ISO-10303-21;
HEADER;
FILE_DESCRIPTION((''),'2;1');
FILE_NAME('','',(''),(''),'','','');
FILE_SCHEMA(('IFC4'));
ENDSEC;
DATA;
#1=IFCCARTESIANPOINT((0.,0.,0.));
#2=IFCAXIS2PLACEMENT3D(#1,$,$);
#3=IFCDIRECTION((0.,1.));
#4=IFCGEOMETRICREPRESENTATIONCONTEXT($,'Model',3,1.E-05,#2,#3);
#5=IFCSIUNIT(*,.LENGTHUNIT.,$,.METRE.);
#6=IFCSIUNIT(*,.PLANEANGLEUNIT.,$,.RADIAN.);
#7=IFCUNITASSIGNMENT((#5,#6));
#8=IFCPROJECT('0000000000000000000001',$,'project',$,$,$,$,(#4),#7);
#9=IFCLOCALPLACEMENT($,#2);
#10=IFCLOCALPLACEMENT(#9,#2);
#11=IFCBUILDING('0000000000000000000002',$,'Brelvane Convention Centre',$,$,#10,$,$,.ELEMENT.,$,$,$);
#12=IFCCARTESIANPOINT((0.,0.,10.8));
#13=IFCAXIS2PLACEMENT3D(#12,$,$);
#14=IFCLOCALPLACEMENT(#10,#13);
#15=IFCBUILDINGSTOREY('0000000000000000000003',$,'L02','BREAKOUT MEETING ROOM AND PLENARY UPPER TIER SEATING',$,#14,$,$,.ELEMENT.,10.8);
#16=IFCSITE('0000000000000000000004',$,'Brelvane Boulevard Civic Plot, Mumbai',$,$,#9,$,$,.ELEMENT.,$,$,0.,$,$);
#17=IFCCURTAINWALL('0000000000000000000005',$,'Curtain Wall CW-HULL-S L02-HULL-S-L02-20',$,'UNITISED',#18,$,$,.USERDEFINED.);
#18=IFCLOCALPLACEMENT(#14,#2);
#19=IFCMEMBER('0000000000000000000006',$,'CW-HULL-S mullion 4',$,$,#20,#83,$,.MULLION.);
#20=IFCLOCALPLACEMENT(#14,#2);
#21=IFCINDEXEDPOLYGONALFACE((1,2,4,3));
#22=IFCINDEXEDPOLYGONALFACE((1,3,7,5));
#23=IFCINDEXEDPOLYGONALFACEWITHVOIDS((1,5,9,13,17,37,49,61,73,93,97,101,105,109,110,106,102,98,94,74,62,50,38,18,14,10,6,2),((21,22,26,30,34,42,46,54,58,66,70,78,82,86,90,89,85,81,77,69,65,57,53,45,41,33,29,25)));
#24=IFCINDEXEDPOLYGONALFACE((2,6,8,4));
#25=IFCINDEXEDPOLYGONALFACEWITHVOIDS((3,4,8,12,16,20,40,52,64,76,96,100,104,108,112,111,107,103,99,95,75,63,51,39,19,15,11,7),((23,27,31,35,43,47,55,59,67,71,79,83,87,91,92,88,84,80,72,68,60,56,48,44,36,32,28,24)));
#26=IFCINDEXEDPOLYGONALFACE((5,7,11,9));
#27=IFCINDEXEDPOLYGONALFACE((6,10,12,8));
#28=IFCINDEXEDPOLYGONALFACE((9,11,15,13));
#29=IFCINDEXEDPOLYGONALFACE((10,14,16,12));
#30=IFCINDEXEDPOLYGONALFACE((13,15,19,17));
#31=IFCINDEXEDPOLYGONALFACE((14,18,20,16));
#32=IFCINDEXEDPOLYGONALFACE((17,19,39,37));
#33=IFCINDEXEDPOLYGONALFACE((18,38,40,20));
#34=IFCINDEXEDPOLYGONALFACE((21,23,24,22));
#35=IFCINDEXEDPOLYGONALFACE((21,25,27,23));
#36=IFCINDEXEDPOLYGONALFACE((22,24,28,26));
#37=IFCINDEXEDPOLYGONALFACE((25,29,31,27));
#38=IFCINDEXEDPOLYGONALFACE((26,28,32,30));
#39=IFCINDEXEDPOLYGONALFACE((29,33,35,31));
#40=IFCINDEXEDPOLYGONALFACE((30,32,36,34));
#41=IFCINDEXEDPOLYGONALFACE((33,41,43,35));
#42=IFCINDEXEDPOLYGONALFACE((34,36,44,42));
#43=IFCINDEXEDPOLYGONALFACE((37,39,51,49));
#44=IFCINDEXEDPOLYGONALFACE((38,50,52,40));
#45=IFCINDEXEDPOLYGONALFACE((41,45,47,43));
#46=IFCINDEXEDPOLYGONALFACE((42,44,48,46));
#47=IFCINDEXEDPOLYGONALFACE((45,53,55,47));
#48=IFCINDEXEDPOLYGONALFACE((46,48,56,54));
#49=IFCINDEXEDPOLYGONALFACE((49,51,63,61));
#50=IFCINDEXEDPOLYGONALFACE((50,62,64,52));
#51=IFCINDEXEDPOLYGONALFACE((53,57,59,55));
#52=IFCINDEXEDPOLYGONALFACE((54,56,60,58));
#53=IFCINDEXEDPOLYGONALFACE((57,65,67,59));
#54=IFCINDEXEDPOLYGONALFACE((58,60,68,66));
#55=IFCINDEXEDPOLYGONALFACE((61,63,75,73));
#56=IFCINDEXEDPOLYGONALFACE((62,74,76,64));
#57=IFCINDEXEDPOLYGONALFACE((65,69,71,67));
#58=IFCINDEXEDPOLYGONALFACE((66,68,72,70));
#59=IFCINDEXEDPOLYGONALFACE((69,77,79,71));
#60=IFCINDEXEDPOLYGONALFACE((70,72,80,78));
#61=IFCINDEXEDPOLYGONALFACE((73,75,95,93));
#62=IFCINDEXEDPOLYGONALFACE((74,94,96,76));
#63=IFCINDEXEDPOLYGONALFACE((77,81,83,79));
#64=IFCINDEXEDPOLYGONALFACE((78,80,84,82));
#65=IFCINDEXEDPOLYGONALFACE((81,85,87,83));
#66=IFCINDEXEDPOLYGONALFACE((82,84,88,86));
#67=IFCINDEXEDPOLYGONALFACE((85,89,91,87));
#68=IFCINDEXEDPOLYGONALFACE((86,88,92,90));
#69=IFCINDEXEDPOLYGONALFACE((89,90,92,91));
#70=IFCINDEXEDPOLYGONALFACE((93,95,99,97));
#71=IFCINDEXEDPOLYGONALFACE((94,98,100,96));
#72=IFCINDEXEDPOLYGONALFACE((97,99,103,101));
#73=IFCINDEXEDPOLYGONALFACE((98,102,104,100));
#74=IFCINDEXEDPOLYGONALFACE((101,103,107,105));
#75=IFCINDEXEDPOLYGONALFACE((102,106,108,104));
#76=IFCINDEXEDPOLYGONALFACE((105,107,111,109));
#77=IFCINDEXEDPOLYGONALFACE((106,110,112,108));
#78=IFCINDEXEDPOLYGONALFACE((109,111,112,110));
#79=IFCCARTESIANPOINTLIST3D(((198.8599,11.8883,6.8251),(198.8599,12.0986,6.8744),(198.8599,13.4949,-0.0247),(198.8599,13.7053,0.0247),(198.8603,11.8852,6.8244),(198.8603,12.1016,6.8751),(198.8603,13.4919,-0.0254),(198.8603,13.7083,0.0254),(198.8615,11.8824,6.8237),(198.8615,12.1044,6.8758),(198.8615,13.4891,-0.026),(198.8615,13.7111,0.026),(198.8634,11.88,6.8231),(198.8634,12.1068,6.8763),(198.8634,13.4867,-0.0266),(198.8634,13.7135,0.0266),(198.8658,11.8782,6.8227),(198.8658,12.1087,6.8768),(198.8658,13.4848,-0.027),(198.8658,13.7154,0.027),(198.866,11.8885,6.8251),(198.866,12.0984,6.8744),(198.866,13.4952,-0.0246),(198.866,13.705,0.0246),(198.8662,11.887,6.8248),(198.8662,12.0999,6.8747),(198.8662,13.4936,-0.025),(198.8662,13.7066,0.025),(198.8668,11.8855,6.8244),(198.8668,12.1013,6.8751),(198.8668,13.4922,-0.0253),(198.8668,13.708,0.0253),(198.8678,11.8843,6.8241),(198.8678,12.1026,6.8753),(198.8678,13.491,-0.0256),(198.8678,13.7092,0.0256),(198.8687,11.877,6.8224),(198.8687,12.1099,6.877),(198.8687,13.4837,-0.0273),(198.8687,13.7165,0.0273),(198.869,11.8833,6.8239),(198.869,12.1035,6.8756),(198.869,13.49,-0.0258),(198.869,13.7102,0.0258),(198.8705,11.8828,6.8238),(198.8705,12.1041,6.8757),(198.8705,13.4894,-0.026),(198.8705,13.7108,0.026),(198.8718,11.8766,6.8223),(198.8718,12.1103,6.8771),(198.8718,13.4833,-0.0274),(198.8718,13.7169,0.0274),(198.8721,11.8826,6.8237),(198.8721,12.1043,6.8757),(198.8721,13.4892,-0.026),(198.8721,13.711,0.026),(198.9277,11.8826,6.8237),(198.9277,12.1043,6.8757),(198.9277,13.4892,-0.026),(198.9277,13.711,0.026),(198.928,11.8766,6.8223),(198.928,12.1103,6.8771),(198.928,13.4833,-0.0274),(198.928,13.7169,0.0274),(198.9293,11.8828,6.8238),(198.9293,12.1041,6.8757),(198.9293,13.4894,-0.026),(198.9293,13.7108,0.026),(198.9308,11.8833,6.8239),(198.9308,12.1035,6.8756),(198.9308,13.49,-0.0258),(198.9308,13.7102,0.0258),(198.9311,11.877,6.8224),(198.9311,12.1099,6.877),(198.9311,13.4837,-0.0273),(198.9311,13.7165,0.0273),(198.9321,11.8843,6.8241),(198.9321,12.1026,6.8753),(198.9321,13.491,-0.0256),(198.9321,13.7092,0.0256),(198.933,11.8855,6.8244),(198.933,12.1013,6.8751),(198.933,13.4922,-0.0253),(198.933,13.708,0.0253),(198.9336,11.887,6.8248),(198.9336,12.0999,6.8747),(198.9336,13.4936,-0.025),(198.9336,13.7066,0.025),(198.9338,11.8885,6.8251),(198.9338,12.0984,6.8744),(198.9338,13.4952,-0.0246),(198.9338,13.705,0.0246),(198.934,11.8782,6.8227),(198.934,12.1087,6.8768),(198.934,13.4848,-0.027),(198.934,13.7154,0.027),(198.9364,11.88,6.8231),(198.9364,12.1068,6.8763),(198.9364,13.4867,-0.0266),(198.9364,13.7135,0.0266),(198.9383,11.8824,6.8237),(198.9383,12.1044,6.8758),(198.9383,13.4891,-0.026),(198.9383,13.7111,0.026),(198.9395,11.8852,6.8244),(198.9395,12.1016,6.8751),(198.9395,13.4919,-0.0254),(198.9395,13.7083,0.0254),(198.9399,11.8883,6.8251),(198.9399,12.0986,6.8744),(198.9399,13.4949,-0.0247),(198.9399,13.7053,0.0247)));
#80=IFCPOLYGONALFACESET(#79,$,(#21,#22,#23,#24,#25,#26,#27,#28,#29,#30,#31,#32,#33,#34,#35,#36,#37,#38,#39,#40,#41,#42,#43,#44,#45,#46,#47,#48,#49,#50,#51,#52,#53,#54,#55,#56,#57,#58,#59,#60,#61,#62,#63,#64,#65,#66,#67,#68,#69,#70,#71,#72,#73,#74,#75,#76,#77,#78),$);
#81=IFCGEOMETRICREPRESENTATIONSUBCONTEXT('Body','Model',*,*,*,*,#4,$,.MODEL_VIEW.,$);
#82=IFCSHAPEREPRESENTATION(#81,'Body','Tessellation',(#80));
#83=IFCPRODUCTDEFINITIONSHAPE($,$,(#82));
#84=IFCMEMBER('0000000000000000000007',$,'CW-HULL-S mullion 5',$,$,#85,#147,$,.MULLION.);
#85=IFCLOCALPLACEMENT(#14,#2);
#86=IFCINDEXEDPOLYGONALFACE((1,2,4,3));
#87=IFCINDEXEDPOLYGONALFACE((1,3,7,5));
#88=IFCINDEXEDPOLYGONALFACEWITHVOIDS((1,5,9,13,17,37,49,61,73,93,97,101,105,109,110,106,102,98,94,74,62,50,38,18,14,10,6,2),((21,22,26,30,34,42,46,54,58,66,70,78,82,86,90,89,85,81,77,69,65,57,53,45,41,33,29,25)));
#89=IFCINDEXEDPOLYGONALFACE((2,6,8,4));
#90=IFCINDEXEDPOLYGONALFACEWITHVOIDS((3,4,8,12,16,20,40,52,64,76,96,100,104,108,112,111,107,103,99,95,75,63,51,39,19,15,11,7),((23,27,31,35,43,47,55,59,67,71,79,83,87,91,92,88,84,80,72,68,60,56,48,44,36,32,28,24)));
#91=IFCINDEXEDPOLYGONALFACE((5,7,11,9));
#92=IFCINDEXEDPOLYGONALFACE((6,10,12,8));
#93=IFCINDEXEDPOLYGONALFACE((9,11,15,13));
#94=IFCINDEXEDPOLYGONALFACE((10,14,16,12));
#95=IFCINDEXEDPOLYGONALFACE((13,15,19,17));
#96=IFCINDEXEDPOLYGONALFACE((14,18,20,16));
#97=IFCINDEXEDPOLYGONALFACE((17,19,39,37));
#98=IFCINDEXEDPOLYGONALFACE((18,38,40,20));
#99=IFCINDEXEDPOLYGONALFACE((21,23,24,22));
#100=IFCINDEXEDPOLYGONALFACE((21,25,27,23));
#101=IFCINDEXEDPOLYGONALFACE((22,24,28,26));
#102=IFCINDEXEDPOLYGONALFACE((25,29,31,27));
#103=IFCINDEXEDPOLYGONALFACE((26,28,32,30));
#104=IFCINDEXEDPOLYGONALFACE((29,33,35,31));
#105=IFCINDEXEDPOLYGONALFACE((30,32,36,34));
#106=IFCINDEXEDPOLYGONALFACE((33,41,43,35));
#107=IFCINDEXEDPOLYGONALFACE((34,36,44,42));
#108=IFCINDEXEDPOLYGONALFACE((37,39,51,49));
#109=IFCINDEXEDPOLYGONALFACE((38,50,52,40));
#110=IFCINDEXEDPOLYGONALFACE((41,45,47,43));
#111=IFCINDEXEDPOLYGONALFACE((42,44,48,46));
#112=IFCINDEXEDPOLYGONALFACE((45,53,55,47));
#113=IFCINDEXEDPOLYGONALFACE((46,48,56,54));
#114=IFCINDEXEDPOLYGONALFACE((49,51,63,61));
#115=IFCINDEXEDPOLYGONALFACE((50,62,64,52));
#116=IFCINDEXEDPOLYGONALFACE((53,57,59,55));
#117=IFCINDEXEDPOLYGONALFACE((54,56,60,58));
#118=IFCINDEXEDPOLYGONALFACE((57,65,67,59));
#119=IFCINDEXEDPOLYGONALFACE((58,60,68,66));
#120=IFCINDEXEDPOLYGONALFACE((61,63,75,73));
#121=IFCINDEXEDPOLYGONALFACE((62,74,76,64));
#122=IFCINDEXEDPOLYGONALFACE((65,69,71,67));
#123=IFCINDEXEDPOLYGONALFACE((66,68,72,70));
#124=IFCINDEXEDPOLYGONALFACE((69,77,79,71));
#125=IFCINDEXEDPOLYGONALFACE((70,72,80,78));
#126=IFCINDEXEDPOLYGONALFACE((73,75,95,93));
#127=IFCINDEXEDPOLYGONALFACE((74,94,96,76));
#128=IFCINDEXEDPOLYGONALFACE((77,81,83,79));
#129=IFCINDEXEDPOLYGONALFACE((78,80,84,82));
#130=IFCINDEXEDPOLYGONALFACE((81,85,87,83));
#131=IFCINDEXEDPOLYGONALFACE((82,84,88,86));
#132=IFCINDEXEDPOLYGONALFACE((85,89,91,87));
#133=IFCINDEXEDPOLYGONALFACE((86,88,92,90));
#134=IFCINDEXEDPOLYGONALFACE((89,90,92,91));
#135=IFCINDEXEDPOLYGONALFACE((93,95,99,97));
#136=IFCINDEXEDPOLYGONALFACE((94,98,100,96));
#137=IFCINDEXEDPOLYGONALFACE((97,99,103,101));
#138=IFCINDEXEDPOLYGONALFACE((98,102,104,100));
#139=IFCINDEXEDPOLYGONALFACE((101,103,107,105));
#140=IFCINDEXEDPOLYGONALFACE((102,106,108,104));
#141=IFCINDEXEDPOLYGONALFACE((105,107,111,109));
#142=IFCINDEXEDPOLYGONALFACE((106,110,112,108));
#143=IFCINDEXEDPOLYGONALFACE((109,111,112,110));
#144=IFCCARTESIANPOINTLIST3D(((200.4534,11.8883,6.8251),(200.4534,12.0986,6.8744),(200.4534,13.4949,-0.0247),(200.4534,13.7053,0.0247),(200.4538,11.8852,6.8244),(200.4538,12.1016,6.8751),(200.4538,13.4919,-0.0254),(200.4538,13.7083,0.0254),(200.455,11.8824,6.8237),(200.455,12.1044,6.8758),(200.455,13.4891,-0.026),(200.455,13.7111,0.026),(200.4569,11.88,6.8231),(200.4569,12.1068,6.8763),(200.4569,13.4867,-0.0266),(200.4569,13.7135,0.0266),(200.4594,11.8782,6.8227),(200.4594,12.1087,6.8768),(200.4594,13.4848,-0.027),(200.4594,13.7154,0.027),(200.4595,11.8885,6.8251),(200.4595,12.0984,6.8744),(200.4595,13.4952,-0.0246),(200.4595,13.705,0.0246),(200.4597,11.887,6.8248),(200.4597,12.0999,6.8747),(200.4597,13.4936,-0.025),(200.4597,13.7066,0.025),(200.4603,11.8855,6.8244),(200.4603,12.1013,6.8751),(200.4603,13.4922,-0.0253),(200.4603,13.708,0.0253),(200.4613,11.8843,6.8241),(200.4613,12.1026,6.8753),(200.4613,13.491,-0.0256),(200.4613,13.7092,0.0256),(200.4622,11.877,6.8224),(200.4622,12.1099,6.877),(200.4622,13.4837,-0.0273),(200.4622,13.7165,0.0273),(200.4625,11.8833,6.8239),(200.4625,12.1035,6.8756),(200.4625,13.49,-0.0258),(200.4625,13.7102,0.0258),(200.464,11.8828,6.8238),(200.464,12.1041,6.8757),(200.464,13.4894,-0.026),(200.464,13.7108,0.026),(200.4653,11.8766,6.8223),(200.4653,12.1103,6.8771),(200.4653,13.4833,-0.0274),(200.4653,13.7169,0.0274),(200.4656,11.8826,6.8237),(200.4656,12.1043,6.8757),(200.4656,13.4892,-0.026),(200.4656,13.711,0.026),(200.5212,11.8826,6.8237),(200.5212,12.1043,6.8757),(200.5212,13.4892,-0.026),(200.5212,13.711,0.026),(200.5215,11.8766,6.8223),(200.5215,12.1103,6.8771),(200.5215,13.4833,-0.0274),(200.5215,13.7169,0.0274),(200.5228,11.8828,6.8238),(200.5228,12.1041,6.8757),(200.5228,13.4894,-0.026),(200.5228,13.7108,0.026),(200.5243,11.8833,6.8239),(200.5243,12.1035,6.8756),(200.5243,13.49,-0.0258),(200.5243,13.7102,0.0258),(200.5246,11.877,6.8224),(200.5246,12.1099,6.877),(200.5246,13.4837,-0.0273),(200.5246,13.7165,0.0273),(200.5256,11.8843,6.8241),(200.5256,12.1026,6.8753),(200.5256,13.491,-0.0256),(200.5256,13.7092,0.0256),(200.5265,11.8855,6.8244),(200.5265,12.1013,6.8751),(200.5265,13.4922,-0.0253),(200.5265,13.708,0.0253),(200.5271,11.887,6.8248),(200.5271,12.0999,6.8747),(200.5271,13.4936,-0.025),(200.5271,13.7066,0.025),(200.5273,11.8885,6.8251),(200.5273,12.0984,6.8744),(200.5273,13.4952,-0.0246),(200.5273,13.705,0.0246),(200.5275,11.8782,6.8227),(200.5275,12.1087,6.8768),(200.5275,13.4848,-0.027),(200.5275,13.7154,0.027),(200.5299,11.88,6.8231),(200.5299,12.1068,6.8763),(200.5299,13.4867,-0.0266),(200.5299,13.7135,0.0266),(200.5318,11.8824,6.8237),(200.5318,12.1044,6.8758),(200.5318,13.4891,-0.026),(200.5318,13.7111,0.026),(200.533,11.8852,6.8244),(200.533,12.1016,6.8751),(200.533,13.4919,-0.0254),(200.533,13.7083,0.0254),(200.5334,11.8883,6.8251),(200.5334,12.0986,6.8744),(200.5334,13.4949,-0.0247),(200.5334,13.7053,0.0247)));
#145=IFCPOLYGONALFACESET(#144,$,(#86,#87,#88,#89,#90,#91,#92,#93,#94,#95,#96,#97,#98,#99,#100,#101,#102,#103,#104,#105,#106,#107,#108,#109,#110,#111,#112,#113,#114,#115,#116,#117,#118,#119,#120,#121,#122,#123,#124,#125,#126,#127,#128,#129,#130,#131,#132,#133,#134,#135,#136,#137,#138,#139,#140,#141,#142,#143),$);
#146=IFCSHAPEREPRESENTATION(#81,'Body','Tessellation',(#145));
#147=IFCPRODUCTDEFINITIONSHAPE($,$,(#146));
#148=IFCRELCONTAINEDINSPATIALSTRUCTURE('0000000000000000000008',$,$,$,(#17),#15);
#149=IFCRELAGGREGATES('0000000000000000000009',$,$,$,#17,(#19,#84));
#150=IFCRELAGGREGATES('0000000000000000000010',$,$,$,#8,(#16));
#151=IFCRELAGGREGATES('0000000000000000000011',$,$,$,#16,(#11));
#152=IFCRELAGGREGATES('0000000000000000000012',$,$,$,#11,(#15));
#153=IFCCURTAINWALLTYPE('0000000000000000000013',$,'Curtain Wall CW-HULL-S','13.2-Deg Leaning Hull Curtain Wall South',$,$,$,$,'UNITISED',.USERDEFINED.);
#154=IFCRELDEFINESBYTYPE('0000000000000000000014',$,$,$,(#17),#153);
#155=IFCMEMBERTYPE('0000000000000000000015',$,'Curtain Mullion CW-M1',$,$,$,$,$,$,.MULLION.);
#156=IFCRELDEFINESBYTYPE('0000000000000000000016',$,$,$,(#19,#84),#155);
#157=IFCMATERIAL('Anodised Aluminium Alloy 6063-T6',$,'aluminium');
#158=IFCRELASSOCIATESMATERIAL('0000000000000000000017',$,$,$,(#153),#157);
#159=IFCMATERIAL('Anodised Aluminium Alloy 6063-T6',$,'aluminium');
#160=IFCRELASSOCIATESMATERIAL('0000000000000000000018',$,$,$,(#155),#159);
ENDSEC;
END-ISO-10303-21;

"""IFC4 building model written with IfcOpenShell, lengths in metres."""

from ifc_helpers import new_model, si_unit, direction, frame, origin, origin_2d, place, context, subcontext, project, spatial, hollow_rectangle, extrude, material, material_profile, profile_set, type_object, element, aggregate, save


model = new_model("IFC4")

# Units and contexts
model_context = context("Model", 3, precision=1e-05, world=origin(), true_north=direction((0.0, 1.0)))
body_context = subcontext(model_context, "Body", "Model", "MODEL_VIEW")
ifc_project = project(units=[si_unit("LENGTHUNIT", "METRE"), si_unit("PLANEANGLEUNIT", "RADIAN")], contexts=[model_context])

# Site, building, storey
site_placement = place(None, origin())
site = spatial("IfcSite", under=ifc_project, at=site_placement, Name="Brelvane Boulevard Civic Plot, Mumbai", CompositionType="ELEMENT", RefElevation=0.0)
building_placement = place(site_placement, origin())
building = spatial("IfcBuilding", under=site, at=building_placement, Name="Brelvane Convention Centre", CompositionType="ELEMENT")
storey_placement = place(building_placement, frame((0.0, 0.0, 10.8)))
storey = spatial("IfcBuildingStorey", under=building, at=storey_placement, Name="L02", Description="BREAKOUT MEETING ROOM AND PLENARY UPPER TIER SEATING", CompositionType="ELEMENT", Elevation=10.8)

# Curtain wall, members
ifc_material_1 = material(Name="Anodised Aluminium Alloy 6063-T6", Category="aluminium")
curtain_wall_type = type_object("IfcCurtainWallType", Name="Curtain Wall CW-HULL-S", Description="13.2-Deg Leaning Hull Curtain Wall South", ElementType="UNITISED", PredefinedType="USERDEFINED", material=ifc_material_1)
ifc_material_2 = material(Name="Anodised Aluminium Alloy 6063-T6", Category="aluminium")
ifc_material_profile_1 = material_profile(ifc_material_2, hollow_rectangle(XDim=0.0801, YDim=0.24, WallThickness=0.0061, InnerFilletRadius=0.0061, OuterFilletRadius=0.012, at=origin_2d()), Name="ALU-M 240x80x6.0")
ifc_profile_set_1 = profile_set([ifc_material_profile_1], Name="Anodised Aluminium Alloy 6063-T6")
member_type_1 = type_object("IfcMemberType", Name="Curtain Mullion CW-M1", PredefinedType="MULLION", material=ifc_profile_set_1)
curtain_wall_1_placement = place(storey_placement, origin())
curtain_wall_1 = element("IfcCurtainWall", 1, at=curtain_wall_1_placement, inside=storey, type_object=curtain_wall_type, Name="Curtain Wall CW-HULL-S L02-HULL-S-L02-20", ObjectType="UNITISED", PredefinedType="USERDEFINED")
member_1_placement = place(storey_placement, frame((198.8999, 13.6001, 0.0), z_axis=(0.0, -0.22836, 0.973577), x_axis=(1.0, 0.0, 0.0)))
member_1 = element("IfcMember", 2, at=member_1_placement, type_object=member_type_1, Name="CW-HULL-S mullion 4", PredefinedType="MULLION", context=body_context, shape_type="SweptSolid", body=[
    extrude(hollow_rectangle(XDim=0.0801, YDim=0.24, WallThickness=0.0061, InnerFilletRadius=0.0061, OuterFilletRadius=0.012, at=origin_2d()), origin(), (0.0, 0.0, 1.0), 7.0356),
])
member_2_placement = place(storey_placement, frame((200.4934, 13.6001, 0.0), z_axis=(0.0, -0.22836, 0.973577), x_axis=(1.0, 0.0, 0.0)))
member_2 = element("IfcMember", 3, at=member_2_placement, type_object=member_type_1, Name="CW-HULL-S mullion 5", PredefinedType="MULLION", context=body_context, shape_type="SweptSolid", body=[
    extrude(hollow_rectangle(XDim=0.0801, YDim=0.24, WallThickness=0.0061, InnerFilletRadius=0.0061, OuterFilletRadius=0.012, at=origin_2d()), origin(), (0.0, 0.0, 1.0), 7.0356),
])

aggregate(curtain_wall_1, [member_1, member_2])

save(model, "model.ifc")
